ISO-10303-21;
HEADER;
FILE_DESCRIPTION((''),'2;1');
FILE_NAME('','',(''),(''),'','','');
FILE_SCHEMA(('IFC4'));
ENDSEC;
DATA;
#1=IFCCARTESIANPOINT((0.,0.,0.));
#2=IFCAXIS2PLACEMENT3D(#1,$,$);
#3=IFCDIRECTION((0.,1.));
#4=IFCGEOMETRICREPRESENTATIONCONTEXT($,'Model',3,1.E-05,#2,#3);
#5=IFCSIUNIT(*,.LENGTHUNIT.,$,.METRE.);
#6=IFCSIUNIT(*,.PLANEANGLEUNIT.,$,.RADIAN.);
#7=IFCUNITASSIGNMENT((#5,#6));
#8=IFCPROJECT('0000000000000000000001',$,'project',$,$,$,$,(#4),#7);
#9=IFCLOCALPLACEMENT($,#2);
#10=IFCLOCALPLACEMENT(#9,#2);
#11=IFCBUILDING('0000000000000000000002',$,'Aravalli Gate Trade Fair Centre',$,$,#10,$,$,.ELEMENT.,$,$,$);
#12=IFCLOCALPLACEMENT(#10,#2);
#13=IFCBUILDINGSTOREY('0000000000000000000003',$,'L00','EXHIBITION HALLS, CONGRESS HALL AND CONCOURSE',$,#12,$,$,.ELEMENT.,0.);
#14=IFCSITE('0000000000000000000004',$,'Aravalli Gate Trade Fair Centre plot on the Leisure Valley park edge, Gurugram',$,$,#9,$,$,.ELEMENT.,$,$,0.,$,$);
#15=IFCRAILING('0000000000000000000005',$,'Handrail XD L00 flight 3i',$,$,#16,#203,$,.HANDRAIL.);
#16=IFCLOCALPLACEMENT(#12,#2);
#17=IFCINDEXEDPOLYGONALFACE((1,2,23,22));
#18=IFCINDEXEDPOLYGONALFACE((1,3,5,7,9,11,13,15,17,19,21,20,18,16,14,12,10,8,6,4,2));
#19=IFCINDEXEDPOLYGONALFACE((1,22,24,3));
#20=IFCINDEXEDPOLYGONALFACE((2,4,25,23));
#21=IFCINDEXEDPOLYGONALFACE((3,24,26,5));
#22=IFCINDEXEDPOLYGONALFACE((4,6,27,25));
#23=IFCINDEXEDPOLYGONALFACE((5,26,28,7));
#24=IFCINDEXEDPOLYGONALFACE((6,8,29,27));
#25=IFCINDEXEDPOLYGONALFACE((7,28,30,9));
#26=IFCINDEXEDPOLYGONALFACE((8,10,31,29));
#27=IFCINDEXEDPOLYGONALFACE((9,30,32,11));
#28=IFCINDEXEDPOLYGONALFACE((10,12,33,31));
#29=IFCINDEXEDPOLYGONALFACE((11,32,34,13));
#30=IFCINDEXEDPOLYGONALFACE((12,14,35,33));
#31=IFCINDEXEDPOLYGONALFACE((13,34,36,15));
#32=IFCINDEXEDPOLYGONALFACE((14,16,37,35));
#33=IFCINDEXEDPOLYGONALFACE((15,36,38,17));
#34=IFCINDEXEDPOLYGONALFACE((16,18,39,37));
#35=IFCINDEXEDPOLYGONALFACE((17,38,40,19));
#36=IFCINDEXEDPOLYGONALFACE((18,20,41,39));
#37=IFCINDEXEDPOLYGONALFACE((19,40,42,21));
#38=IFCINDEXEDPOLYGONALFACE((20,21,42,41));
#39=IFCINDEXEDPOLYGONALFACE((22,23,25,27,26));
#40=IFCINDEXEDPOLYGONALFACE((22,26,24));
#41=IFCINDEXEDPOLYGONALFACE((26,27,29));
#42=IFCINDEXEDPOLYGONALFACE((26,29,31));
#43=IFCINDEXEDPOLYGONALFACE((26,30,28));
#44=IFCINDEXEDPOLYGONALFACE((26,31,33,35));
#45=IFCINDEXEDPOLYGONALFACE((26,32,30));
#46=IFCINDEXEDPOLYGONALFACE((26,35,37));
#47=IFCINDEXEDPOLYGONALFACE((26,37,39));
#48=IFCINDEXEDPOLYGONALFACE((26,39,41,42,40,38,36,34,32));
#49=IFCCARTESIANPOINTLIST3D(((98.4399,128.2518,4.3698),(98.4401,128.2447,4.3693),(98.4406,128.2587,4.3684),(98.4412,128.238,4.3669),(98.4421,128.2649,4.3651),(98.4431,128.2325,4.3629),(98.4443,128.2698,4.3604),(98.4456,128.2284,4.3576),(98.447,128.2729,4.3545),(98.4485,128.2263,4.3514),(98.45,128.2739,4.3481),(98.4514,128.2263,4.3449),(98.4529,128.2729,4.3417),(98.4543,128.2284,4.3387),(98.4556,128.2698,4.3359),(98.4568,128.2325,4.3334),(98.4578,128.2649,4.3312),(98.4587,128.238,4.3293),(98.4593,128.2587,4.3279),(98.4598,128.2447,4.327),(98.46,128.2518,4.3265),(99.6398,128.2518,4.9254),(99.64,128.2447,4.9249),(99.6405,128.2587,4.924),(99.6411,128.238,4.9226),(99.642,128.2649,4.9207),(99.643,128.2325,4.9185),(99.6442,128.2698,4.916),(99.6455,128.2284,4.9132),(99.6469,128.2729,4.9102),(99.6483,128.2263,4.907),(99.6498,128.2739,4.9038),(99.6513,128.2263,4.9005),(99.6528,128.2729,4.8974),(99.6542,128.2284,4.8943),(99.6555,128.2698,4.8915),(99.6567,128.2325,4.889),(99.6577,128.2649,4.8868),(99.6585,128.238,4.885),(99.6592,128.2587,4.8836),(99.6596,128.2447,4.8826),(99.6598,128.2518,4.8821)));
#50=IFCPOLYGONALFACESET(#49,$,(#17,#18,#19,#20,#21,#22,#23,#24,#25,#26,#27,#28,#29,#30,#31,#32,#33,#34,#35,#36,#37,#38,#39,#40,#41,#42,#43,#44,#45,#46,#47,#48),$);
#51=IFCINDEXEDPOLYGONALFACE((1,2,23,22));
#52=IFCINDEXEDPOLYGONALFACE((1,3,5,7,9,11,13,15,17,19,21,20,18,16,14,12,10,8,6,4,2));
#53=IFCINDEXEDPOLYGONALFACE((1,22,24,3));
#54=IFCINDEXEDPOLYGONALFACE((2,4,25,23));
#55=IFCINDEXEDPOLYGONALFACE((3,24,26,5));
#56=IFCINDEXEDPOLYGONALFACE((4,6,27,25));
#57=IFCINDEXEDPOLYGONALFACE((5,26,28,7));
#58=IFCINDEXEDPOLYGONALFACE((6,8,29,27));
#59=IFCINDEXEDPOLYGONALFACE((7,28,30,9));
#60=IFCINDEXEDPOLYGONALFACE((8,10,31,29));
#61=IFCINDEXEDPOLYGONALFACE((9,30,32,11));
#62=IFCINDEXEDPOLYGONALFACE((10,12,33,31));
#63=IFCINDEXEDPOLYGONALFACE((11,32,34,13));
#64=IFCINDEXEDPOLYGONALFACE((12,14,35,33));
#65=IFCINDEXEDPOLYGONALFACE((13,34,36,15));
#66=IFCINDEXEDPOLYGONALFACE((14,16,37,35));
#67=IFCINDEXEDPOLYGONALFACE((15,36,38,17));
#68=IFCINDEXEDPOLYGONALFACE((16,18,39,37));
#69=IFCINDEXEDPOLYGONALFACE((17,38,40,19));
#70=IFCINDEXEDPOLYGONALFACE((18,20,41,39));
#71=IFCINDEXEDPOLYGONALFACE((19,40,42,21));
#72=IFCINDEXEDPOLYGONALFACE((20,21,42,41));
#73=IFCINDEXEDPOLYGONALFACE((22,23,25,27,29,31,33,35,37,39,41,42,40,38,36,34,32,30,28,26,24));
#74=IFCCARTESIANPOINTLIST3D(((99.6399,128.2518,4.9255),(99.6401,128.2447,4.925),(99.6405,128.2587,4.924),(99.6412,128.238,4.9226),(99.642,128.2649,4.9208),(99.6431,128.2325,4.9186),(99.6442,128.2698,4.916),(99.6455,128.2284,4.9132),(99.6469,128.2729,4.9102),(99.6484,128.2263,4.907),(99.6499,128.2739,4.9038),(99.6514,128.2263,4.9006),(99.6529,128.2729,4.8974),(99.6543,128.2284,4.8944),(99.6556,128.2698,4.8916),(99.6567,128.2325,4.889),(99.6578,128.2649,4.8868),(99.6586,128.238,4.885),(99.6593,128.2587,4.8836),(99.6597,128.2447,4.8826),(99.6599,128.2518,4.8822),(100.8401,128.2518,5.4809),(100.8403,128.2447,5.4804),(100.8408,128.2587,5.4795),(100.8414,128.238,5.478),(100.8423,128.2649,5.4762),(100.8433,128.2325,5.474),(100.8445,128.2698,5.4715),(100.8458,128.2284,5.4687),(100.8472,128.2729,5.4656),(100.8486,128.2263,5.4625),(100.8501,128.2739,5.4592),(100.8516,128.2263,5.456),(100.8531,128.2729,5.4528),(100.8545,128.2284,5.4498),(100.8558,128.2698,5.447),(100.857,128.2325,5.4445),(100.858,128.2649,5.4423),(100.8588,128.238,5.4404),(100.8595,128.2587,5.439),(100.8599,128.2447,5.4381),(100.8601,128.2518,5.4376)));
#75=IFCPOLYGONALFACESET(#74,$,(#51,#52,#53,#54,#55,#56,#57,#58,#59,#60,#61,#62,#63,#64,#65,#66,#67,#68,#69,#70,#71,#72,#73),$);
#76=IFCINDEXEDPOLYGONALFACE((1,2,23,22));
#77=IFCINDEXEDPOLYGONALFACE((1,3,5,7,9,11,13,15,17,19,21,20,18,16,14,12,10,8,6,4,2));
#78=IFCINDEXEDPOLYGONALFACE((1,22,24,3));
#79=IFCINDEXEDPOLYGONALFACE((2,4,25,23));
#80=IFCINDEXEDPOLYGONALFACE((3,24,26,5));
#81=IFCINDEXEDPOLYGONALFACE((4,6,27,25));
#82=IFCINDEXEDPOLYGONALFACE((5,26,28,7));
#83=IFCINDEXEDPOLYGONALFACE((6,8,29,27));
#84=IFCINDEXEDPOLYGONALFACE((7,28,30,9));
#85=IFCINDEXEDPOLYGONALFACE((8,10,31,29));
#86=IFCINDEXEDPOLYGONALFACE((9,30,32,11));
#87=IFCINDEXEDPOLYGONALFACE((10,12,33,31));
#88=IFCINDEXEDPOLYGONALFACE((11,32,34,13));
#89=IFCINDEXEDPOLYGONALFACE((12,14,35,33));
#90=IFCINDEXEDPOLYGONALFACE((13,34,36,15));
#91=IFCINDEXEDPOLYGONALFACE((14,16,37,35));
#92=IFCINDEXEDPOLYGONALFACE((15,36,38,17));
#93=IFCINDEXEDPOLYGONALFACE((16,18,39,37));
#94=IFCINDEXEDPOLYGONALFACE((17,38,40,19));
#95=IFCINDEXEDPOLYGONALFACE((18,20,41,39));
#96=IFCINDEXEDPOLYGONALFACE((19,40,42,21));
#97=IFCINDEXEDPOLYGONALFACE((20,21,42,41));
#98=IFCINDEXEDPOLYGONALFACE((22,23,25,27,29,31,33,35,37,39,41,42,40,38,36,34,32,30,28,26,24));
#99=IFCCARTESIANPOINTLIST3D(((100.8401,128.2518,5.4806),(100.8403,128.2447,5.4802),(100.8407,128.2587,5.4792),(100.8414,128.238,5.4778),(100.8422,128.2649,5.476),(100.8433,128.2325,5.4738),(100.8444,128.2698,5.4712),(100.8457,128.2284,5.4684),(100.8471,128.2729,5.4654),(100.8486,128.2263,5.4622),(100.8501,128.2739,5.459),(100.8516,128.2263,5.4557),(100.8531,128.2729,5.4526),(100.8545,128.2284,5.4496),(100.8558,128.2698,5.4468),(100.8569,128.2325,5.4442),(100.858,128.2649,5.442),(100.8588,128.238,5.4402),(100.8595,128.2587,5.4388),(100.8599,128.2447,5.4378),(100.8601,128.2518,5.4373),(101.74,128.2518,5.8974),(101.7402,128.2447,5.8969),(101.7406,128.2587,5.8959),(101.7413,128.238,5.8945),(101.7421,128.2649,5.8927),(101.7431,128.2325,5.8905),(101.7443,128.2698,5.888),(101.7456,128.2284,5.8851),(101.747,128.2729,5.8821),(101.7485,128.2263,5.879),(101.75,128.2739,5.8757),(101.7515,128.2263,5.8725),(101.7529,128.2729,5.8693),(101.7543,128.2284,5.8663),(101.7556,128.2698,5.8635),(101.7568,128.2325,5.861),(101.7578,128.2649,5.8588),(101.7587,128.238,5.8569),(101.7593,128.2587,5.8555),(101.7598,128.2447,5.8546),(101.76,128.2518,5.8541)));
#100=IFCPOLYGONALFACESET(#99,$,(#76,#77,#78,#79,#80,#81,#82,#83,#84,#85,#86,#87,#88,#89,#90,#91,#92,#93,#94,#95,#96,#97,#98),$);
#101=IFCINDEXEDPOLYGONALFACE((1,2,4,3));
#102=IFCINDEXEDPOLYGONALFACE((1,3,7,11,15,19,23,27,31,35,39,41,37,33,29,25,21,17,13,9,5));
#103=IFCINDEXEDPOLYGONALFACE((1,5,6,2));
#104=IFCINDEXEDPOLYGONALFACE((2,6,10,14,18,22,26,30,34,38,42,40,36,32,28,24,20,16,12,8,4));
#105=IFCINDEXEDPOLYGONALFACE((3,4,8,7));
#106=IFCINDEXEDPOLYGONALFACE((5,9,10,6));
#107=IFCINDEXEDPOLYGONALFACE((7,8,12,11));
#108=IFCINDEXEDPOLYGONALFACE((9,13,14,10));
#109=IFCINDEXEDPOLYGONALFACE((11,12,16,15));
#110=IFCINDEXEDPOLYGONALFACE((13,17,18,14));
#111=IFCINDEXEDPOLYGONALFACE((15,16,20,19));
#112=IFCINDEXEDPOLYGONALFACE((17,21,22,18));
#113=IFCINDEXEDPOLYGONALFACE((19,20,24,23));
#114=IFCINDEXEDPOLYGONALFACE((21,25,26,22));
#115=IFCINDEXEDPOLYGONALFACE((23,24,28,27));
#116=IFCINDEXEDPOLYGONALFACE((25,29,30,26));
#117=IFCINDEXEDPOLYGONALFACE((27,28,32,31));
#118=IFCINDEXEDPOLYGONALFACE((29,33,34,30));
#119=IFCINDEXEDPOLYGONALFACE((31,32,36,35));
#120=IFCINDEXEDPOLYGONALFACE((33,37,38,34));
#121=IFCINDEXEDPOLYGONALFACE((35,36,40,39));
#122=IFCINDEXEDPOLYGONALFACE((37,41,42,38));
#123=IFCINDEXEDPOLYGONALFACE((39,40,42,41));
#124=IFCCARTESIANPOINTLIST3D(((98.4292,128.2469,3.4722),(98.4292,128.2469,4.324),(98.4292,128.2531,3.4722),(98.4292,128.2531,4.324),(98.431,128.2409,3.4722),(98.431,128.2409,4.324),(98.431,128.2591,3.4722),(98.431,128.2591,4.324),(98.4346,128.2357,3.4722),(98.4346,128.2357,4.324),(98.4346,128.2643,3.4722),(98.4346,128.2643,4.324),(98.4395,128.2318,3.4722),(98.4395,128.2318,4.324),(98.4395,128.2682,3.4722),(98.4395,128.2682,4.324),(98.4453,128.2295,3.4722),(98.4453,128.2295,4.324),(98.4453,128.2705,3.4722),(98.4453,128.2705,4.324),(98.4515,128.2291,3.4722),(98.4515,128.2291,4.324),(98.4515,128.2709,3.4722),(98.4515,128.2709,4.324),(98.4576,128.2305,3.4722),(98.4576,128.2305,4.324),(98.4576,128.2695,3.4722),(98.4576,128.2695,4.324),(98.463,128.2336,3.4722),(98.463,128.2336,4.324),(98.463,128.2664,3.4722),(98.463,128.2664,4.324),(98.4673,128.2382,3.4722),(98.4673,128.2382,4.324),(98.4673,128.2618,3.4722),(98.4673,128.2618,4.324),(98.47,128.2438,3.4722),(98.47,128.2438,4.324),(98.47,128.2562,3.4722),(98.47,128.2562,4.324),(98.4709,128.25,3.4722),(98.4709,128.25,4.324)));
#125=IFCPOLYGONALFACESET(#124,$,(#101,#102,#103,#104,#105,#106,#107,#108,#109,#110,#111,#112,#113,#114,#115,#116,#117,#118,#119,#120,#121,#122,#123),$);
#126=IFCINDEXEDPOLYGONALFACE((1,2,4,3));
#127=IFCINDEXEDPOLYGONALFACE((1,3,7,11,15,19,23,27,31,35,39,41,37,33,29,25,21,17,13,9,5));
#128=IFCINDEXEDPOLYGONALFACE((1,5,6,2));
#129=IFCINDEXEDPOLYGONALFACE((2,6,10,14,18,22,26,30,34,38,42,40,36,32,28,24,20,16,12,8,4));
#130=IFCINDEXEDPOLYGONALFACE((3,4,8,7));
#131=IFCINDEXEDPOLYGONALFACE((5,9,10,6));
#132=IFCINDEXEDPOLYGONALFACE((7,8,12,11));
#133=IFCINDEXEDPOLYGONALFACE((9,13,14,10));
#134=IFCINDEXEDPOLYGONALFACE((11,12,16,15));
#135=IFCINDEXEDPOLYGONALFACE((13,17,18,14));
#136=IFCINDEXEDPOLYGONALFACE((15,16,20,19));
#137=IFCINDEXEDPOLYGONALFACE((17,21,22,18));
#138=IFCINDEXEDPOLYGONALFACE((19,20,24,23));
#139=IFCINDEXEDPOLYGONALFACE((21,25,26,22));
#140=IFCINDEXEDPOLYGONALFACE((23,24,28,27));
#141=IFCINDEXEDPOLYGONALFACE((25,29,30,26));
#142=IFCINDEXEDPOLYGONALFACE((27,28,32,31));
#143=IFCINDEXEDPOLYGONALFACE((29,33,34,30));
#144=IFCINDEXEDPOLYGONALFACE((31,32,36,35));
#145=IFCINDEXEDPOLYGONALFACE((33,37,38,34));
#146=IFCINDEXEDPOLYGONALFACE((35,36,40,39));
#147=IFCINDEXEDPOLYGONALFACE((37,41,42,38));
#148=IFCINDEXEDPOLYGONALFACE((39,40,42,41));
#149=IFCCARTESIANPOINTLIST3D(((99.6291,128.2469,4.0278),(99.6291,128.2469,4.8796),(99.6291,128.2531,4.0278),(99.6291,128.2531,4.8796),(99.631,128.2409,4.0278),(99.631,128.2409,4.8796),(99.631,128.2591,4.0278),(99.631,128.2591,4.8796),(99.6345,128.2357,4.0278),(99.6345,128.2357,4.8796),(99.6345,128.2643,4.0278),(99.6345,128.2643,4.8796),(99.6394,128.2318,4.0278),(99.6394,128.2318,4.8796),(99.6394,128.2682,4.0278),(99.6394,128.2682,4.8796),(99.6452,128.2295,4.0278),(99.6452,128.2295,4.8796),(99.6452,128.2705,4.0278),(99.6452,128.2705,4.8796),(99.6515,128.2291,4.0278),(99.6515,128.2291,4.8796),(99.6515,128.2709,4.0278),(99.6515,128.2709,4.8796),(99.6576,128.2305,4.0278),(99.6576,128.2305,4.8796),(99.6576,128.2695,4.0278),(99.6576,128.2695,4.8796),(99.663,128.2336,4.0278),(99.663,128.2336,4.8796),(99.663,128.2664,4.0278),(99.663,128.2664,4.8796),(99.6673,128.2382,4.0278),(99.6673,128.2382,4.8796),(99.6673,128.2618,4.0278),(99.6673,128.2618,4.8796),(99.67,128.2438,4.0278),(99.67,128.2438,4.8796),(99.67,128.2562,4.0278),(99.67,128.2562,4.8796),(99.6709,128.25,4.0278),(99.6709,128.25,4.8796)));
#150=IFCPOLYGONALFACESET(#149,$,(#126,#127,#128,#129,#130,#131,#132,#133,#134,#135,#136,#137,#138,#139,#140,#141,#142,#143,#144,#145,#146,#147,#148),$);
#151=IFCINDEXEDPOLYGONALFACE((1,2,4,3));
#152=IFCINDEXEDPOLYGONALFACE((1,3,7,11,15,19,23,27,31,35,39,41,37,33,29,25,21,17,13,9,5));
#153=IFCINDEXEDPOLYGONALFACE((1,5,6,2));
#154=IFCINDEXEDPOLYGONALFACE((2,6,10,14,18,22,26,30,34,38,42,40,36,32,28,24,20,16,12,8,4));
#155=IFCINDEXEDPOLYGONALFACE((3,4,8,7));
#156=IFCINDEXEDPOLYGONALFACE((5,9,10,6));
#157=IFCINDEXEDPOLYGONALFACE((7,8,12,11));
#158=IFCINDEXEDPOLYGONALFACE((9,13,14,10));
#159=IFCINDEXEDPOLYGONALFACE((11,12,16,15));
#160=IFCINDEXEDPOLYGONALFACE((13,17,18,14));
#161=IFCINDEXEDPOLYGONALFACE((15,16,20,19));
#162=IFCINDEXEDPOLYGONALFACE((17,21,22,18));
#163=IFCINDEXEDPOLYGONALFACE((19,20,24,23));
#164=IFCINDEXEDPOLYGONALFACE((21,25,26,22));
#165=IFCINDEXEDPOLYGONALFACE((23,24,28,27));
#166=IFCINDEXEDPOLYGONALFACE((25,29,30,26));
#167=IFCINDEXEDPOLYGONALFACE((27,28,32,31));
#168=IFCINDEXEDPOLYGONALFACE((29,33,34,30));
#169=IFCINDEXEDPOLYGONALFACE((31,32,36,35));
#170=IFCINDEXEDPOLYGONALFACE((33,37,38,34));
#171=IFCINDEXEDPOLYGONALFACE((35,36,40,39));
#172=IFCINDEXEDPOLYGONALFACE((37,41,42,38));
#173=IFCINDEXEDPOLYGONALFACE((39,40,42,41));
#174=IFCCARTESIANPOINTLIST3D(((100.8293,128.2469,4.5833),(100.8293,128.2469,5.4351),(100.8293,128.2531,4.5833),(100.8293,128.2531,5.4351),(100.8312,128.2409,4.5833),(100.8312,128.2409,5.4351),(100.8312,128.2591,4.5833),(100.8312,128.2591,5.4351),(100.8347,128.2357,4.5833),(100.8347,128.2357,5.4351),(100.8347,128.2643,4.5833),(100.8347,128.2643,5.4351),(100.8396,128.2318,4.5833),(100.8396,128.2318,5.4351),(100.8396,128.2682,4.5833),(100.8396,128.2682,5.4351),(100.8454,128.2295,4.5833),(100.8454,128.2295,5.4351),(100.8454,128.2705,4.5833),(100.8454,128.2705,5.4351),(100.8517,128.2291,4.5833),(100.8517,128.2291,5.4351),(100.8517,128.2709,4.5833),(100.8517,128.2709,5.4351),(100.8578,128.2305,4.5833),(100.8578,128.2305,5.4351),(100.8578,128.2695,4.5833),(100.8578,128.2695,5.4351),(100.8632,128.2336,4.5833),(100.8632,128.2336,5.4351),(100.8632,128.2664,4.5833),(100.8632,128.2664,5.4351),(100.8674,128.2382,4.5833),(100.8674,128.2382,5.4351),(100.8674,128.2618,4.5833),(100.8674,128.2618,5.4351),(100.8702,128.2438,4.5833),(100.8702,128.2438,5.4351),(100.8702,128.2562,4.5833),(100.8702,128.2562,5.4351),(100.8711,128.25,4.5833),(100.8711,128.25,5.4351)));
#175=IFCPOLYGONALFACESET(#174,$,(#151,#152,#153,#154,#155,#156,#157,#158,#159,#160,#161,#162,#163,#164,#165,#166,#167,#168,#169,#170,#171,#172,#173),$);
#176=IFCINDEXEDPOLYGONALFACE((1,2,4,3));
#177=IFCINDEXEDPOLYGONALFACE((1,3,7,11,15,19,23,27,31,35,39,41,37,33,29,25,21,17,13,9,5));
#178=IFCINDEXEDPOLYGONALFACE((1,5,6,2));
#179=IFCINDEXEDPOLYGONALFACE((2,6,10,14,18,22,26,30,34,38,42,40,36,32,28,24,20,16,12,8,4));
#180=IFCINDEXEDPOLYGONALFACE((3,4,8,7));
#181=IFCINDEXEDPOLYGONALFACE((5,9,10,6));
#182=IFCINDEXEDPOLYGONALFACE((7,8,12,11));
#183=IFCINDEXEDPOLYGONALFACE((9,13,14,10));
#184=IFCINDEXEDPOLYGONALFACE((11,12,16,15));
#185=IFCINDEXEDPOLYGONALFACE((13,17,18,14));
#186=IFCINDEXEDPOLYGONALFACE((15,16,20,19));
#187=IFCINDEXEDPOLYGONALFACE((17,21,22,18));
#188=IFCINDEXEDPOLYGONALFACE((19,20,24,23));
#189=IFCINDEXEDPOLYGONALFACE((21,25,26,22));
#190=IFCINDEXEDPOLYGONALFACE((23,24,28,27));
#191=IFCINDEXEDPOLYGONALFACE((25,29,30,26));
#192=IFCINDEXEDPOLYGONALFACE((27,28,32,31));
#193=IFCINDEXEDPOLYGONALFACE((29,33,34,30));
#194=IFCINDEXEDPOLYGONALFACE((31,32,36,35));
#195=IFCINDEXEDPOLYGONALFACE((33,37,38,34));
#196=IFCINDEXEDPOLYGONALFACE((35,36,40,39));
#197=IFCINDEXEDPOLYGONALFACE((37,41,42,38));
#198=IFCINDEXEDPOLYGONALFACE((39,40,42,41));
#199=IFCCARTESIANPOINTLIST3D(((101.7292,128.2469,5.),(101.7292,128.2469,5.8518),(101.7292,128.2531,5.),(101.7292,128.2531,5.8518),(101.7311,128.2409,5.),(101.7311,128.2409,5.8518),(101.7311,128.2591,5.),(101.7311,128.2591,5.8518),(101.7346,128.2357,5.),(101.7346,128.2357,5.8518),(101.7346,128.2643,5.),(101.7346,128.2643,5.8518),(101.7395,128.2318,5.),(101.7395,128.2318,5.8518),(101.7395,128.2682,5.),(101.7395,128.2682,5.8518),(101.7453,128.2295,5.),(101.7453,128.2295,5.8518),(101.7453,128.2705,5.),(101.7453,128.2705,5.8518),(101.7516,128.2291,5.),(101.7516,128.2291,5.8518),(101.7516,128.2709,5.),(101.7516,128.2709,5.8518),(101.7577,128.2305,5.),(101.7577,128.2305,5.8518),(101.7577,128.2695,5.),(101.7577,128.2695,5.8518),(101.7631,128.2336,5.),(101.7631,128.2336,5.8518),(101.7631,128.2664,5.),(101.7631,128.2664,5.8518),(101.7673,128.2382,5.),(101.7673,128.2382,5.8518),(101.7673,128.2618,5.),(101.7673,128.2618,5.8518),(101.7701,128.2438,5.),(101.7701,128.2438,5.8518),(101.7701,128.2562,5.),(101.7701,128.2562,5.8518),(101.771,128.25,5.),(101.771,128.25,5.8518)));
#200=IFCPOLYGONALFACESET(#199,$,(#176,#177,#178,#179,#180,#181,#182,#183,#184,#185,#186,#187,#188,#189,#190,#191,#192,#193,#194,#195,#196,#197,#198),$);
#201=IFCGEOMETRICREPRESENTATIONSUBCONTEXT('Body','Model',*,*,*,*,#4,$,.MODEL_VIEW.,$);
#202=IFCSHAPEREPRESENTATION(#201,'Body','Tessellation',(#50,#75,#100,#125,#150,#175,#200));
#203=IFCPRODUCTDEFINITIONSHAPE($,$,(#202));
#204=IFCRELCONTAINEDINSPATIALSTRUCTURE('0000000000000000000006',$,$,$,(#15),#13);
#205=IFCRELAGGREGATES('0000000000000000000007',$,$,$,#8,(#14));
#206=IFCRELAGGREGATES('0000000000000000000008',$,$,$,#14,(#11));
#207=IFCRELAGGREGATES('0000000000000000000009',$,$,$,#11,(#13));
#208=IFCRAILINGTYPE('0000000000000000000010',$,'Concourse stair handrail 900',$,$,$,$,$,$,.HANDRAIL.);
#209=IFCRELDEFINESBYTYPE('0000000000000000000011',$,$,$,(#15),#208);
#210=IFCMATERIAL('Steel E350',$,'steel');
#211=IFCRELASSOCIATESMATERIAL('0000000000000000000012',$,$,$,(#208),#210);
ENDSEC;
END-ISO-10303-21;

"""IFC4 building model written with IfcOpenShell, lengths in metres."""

from ifc_helpers import new_model, si_unit, direction, frame, origin, origin_2d, place, context, subcontext, project, spatial, circle, extrude, material, type_object, element, save


model = new_model("IFC4")

# Units and contexts
model_context = context("Model", 3, precision=1e-05, world=origin(), true_north=direction((0.0, 1.0)))
body_context = subcontext(model_context, "Body", "Model", "MODEL_VIEW")
ifc_project = project(units=[si_unit("LENGTHUNIT", "METRE"), si_unit("PLANEANGLEUNIT", "RADIAN")], contexts=[model_context])

# Site, building, storey
site_placement = place(None, origin())
site = spatial("IfcSite", under=ifc_project, at=site_placement, Name="Aravalli Gate Trade Fair Centre plot on the Leisure Valley park edge, Gurugram", CompositionType="ELEMENT", RefElevation=0.0)
building_placement = place(site_placement, origin())
building = spatial("IfcBuilding", under=site, at=building_placement, Name="Aravalli Gate Trade Fair Centre", CompositionType="ELEMENT")
storey_placement = place(building_placement, origin())
storey = spatial("IfcBuildingStorey", under=building, at=storey_placement, Name="L00", Description="EXHIBITION HALLS, CONGRESS HALL AND CONCOURSE", CompositionType="ELEMENT", Elevation=0.0)

# Shared definitions
ifc_material_1 = material(Name="Steel E350", Category="steel")

# Railing
railing_type = type_object("IfcRailingType", Name="Concourse stair handrail 900", PredefinedType="HANDRAIL", material=ifc_material_1)
for number, where, name in (
    (1, (98.45, 128.25, 3.4722), "Handrail XD L00 flight 3i"),
):
    element("IfcRailing", number, at=place(storey_placement, frame(where)), inside=storey, type_object=railing_type, Name=name, PredefinedType="HANDRAIL", context=body_context, shape_type="SweptSolid", body=[
        extrude(circle(Radius=0.0239, at=origin_2d()), frame((0.0, 0.0, 0.876), z_axis=(0.907429, 0.0, 0.420205), x_axis=(0.0, 1.0, 0.0)), (0.0, 0.0, 1.0), 1.3223),
        extrude(circle(Radius=0.0239, at=origin_2d()), frame((1.2, 0.0, 1.4316), z_axis=(0.907532, 0.0, 0.419983), x_axis=(0.0, 1.0, 0.0)), (0.0, 0.0, 1.0), 1.3225),
        extrude(circle(Radius=0.0239, at=origin_2d()), frame((2.4001, 0.0, 1.9868), z_axis=(0.907418, 0.0, 0.420229), x_axis=(0.0, 1.0, 0.0)), (0.0, 0.0, 1.0), 0.9917),
        extrude(circle(Radius=0.021, at=origin_2d()), origin(), (0.0, 0.0, 1.0), 0.8518),
        extrude(circle(Radius=0.021, at=origin_2d()), frame((1.2, 0.0, 0.5557)), (0.0, 0.0, 1.0), 0.8518),
        extrude(circle(Radius=0.021, at=origin_2d()), frame((2.4001, 0.0, 1.1111)), (0.0, 0.0, 1.0), 0.8518),
        extrude(circle(Radius=0.021, at=origin_2d()), frame((3.3, 0.0, 1.5278)), (0.0, 0.0, 1.0), 0.8518),
    ])

save(model, "model.ifc")
